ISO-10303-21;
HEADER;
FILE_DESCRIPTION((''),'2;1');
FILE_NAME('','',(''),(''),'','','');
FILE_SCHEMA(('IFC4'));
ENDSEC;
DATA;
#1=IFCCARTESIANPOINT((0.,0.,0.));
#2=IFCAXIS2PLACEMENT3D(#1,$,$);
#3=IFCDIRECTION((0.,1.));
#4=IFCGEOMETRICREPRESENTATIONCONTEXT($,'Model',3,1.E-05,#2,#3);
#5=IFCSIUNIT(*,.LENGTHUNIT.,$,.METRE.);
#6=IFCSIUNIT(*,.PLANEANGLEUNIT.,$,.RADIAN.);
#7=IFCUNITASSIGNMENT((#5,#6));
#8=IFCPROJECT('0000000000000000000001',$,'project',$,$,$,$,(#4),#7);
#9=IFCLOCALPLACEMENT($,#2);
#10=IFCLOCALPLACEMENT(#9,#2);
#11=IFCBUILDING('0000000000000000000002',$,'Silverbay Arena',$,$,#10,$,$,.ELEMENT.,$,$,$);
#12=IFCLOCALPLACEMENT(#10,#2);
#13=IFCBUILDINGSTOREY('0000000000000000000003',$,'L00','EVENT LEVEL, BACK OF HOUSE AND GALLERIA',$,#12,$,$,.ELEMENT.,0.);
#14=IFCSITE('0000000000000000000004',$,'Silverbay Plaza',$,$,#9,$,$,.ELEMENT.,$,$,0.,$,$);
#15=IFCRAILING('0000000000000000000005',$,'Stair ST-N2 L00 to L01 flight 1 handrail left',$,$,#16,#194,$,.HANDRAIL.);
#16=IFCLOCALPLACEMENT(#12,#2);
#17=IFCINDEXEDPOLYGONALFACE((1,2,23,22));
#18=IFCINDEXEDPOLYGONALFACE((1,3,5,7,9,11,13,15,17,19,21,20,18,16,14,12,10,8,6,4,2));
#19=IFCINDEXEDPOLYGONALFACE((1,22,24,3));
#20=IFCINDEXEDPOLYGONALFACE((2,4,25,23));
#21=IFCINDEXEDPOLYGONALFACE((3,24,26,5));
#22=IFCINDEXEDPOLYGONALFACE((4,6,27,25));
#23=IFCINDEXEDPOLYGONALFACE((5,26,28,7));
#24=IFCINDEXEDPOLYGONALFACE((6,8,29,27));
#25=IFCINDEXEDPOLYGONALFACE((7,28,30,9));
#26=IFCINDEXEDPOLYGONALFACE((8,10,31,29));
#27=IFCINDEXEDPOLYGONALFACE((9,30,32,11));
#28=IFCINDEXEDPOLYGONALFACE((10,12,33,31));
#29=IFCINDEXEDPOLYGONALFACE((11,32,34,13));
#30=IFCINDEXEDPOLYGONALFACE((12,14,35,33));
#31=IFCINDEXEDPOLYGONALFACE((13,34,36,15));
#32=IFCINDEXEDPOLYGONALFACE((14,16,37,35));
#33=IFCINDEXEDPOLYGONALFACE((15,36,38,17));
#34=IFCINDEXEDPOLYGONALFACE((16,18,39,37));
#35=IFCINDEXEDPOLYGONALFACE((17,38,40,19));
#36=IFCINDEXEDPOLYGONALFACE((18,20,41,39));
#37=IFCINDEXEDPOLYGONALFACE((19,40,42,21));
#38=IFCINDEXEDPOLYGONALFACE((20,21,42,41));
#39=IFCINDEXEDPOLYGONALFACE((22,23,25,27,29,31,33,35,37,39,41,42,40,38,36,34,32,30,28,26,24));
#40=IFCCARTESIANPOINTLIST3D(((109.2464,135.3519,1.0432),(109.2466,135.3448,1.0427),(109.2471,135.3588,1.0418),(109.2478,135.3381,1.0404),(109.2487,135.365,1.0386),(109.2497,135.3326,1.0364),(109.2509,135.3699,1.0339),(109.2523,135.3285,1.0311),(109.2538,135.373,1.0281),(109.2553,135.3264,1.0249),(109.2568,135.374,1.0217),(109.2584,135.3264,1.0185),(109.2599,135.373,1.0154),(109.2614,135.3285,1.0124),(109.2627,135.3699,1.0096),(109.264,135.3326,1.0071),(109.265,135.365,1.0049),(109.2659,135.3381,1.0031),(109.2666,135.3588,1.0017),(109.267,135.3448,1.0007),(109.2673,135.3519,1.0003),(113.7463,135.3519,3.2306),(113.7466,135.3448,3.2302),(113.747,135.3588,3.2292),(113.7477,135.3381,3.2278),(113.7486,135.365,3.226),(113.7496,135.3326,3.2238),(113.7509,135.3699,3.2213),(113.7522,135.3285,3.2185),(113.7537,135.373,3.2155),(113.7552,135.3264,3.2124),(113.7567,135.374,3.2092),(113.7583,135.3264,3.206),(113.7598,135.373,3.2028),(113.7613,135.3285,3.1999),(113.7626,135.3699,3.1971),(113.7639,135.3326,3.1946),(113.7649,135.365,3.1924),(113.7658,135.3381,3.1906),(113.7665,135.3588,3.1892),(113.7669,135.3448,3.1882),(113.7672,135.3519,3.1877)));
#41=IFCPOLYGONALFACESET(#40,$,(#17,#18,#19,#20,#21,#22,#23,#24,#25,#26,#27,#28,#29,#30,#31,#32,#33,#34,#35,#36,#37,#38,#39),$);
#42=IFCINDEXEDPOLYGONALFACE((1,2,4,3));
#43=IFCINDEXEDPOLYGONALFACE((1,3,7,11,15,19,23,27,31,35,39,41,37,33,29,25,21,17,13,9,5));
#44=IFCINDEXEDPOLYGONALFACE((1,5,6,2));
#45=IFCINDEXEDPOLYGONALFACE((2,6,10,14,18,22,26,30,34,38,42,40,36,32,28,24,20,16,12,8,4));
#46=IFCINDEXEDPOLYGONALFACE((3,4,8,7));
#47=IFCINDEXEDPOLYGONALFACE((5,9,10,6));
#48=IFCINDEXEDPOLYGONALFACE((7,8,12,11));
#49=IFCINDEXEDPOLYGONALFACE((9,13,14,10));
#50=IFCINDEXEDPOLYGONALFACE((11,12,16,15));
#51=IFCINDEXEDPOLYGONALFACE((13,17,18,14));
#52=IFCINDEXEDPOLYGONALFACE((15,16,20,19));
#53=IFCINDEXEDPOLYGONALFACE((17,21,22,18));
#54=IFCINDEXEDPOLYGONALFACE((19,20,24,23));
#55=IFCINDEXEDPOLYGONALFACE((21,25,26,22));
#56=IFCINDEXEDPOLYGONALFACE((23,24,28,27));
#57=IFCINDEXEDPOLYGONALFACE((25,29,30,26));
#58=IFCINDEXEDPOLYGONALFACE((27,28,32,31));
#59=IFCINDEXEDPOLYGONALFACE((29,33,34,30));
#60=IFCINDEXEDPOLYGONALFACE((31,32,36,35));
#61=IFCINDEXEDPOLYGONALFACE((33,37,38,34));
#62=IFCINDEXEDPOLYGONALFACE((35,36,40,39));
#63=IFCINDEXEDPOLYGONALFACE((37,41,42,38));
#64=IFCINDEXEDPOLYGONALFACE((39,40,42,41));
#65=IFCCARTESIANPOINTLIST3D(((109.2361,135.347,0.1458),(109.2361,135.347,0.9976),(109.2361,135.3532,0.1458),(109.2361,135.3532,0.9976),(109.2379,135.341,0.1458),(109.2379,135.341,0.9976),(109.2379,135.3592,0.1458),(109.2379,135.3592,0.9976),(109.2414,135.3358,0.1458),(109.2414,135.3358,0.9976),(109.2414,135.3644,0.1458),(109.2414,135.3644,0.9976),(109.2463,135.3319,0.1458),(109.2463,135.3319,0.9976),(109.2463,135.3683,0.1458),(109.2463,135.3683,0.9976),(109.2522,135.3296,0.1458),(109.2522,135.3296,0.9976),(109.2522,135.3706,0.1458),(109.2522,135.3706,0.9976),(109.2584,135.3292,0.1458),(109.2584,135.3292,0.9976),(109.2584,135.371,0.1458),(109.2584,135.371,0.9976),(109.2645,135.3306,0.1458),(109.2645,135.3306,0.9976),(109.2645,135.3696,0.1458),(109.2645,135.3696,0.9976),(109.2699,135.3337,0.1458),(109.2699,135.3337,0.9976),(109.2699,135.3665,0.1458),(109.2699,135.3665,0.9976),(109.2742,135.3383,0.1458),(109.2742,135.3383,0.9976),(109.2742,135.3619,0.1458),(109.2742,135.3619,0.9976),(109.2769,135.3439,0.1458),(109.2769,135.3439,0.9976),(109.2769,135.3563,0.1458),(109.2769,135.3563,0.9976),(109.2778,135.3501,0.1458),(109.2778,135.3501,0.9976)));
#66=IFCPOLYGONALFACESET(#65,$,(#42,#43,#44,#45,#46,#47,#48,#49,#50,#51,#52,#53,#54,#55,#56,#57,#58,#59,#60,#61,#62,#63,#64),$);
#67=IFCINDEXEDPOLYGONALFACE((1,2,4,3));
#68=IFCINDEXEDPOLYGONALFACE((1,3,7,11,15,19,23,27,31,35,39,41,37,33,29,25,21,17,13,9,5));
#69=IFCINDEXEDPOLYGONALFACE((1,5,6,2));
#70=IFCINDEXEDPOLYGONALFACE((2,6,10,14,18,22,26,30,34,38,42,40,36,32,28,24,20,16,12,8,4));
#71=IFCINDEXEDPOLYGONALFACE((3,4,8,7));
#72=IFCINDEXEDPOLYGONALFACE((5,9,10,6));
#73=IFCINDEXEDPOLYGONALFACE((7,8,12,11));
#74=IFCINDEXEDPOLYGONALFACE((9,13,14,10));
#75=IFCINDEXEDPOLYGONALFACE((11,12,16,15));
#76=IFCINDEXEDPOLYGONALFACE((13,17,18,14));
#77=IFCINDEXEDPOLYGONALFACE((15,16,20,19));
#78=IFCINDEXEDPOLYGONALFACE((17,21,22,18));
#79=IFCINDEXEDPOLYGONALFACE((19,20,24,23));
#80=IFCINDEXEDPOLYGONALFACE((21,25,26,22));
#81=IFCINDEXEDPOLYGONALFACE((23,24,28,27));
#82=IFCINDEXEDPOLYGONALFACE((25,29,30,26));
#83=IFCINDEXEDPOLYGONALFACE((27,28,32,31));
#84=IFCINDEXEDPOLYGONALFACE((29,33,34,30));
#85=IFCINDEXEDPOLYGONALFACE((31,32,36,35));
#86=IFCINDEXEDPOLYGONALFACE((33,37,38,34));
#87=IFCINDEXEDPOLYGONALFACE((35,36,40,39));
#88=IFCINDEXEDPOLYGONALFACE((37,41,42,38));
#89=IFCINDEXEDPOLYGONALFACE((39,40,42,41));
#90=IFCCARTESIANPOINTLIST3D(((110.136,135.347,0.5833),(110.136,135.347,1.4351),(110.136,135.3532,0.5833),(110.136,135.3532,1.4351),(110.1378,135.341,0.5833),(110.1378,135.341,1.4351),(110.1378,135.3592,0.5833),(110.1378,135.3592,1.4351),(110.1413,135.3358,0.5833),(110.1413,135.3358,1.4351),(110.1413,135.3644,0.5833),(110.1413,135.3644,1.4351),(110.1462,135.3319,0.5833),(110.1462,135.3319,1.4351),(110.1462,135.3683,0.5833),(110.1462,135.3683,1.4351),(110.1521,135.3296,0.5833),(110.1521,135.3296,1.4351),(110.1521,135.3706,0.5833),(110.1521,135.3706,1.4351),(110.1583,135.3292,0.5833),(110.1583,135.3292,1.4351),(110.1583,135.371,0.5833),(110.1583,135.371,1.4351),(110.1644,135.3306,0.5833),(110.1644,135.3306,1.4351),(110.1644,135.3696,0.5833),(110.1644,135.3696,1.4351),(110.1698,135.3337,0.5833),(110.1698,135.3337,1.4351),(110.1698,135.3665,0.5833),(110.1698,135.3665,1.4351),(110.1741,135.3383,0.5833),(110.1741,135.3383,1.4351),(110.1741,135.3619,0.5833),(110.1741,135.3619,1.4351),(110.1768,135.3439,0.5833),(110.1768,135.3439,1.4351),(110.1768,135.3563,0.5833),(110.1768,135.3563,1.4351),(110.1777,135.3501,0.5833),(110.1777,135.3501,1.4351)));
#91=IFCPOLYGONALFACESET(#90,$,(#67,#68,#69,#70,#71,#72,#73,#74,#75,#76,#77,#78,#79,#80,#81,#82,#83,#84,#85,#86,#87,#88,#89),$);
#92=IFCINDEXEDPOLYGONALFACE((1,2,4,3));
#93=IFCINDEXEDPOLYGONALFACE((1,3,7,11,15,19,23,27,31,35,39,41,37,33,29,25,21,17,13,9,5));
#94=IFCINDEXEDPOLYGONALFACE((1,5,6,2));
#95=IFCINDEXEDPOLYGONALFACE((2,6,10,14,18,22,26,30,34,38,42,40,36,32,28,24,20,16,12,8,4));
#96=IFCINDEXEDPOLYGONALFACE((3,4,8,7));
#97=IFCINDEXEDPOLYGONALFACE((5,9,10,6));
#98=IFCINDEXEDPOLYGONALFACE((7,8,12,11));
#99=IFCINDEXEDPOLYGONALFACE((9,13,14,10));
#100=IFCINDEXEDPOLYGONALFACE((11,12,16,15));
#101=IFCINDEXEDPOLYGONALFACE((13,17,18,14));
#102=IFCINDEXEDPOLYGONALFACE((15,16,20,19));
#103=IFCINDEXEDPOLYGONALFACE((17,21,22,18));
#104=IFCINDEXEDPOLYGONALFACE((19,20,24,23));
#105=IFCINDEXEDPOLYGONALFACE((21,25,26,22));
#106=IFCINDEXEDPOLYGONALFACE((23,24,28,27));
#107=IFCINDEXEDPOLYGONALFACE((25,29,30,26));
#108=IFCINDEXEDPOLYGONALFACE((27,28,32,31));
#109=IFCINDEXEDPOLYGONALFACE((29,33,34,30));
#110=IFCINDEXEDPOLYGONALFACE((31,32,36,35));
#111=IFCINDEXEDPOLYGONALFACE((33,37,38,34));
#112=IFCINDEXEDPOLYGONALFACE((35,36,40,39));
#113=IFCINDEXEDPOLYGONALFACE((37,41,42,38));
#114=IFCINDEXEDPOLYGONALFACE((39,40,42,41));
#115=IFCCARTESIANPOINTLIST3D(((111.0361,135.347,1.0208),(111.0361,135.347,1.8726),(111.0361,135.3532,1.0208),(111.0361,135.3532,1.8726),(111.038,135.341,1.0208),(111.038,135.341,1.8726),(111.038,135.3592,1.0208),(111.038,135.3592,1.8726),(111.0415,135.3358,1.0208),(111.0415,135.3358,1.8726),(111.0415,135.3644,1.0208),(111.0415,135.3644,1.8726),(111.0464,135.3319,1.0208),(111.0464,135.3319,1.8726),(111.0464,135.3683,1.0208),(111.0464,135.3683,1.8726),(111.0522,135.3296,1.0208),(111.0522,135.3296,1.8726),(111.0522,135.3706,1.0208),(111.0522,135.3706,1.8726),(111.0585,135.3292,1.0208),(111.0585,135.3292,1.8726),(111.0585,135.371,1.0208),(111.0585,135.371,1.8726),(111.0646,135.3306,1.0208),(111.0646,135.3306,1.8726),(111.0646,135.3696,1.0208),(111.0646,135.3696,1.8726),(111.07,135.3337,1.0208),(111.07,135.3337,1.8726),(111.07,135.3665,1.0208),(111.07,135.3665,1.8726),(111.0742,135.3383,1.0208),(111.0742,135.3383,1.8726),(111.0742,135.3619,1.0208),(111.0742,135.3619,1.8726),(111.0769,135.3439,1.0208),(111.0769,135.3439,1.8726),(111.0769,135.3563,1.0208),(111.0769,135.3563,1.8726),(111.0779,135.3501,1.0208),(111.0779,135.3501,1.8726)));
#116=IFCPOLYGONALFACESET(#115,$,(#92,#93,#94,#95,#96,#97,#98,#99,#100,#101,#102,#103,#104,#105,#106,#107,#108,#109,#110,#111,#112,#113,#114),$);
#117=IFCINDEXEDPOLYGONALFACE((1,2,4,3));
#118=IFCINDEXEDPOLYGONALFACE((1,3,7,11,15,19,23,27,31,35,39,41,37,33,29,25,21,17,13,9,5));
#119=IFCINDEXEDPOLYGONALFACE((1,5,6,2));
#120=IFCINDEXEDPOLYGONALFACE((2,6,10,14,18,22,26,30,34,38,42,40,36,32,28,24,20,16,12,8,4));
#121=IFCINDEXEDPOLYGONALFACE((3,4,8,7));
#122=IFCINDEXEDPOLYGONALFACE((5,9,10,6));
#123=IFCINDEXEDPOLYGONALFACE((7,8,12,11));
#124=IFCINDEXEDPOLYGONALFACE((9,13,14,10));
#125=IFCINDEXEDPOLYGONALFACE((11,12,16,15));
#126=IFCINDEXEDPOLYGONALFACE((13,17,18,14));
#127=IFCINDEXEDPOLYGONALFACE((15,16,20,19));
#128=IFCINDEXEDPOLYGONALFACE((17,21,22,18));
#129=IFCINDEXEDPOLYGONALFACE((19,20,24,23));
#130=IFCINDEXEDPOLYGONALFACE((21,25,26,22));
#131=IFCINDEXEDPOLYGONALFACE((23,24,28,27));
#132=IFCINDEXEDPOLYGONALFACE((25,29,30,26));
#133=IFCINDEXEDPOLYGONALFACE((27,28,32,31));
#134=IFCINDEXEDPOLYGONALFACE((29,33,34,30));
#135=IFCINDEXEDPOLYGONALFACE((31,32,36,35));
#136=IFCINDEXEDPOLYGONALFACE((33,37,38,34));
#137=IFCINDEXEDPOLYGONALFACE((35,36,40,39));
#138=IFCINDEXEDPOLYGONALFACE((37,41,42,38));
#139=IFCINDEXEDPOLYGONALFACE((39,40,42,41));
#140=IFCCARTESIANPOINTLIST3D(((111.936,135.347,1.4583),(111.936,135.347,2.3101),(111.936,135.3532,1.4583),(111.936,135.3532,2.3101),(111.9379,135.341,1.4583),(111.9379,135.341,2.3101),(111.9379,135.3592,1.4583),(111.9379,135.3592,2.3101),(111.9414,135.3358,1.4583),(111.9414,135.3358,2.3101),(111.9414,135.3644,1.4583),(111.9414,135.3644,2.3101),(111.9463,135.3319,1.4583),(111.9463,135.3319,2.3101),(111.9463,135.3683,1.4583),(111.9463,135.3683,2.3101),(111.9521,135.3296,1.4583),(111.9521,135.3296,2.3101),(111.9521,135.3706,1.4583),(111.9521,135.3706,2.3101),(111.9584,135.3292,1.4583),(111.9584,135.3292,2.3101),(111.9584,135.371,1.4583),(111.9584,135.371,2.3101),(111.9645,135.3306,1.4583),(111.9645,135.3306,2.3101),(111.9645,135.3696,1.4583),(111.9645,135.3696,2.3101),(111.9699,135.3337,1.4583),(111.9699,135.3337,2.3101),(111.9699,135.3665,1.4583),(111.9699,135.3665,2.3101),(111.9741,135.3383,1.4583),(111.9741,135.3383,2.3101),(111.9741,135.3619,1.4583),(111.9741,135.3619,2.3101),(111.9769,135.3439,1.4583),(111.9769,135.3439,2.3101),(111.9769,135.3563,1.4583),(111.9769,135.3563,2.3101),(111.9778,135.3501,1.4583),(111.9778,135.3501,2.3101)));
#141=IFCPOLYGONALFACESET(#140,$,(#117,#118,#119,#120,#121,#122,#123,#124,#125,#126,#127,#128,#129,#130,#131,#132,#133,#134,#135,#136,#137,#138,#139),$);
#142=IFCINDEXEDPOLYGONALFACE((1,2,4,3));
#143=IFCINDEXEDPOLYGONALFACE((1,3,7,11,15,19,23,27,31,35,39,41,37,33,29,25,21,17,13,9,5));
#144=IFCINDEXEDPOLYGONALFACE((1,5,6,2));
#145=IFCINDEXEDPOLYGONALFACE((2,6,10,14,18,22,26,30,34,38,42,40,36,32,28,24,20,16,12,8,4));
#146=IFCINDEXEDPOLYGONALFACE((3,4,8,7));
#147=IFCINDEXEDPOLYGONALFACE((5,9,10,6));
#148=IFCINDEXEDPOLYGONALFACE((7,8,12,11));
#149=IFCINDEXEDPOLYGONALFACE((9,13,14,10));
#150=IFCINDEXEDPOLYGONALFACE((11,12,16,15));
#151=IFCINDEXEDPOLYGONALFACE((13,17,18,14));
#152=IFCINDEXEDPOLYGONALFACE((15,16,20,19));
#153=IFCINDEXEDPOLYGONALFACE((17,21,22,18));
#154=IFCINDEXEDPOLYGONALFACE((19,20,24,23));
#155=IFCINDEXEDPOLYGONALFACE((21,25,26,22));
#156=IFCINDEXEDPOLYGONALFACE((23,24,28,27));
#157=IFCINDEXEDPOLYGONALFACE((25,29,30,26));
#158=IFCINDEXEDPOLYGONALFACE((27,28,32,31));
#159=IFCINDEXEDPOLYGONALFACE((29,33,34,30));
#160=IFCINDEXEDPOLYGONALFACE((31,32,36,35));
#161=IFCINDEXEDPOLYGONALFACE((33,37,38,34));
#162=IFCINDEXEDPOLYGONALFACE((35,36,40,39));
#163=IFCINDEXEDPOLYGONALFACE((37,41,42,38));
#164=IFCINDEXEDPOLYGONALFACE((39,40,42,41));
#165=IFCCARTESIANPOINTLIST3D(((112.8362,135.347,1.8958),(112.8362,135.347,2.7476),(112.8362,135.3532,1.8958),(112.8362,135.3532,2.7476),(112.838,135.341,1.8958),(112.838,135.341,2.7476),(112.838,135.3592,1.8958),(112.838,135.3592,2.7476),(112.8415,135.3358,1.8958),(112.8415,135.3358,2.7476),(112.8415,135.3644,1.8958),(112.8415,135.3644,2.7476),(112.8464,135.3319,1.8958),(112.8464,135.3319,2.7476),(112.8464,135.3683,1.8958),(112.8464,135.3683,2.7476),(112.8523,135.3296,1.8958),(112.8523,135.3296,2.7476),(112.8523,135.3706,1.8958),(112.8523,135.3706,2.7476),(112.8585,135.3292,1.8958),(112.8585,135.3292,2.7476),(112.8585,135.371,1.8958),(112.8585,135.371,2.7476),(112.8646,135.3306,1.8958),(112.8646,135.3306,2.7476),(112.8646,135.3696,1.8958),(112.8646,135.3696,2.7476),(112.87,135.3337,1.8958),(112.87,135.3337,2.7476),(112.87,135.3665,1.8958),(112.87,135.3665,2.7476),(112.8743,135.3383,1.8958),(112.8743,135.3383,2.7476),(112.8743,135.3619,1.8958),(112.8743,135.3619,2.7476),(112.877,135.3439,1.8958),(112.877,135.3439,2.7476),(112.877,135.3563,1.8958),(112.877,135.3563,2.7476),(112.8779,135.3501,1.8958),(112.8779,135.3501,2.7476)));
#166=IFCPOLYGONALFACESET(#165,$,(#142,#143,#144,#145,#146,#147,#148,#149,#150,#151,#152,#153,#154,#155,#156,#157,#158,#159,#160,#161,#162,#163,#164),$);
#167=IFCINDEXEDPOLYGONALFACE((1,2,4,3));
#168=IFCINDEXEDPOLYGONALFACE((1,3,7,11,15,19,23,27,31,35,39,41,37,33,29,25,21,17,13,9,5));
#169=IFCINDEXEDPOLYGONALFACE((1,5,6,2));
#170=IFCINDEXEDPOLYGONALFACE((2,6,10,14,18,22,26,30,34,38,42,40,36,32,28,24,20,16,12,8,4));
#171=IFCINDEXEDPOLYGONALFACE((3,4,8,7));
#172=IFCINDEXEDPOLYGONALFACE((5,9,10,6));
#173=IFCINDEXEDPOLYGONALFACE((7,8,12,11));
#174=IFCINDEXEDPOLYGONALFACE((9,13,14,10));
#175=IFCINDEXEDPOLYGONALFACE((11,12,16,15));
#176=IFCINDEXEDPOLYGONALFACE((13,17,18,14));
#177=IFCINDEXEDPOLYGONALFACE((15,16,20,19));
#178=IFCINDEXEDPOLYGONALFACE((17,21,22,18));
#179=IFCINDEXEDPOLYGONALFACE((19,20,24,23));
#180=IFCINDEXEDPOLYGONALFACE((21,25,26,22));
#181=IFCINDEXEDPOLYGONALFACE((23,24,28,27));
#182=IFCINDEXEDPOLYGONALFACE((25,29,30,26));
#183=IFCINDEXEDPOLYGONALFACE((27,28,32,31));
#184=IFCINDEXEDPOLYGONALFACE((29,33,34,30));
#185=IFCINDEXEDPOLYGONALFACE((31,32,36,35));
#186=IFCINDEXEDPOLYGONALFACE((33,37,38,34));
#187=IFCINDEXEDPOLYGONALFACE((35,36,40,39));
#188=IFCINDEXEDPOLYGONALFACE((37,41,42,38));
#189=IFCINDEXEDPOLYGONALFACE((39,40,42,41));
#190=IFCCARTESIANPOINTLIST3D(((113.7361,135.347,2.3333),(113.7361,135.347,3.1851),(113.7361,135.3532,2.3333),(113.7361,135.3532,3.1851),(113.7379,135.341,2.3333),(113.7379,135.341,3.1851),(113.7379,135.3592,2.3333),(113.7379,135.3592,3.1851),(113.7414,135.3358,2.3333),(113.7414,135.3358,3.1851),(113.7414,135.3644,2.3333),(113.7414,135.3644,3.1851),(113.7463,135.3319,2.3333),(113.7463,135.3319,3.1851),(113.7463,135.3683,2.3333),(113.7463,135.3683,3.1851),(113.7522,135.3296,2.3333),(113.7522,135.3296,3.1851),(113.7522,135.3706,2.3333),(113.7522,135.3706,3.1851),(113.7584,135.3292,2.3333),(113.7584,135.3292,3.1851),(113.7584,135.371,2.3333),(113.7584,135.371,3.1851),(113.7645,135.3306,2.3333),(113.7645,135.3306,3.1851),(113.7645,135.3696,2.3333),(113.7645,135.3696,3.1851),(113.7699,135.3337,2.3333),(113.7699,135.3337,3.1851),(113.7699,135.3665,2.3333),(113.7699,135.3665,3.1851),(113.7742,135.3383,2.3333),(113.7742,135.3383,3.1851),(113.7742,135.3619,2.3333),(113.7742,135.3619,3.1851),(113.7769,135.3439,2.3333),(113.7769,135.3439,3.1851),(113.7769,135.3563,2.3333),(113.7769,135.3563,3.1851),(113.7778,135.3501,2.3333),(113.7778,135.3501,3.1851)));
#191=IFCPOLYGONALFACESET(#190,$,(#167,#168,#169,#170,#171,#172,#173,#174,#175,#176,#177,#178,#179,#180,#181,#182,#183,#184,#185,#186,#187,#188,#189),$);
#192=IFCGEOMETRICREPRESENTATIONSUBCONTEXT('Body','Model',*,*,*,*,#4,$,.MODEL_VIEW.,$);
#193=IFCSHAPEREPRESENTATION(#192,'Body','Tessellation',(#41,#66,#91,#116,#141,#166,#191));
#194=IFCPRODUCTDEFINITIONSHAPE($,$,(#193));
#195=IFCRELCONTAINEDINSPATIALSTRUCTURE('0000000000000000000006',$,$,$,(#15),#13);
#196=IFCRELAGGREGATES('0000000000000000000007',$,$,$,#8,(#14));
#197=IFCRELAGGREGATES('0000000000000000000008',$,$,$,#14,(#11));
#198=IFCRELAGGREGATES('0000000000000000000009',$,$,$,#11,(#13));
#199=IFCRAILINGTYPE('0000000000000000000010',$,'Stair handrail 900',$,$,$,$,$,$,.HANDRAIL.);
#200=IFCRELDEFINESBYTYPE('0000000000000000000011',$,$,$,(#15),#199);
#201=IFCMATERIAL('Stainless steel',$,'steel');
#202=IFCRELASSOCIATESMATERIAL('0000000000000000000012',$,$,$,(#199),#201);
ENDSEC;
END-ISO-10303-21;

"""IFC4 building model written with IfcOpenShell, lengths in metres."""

from ifc_helpers import new_model, si_unit, direction, frame, origin, origin_2d, place, context, subcontext, project, spatial, circle, extrude, material, type_object, element, save


model = new_model("IFC4")

# Units and contexts
model_context = context("Model", 3, precision=1e-05, world=origin(), true_north=direction((0.0, 1.0)))
body_context = subcontext(model_context, "Body", "Model", "MODEL_VIEW")
ifc_project = project(units=[si_unit("LENGTHUNIT", "METRE"), si_unit("PLANEANGLEUNIT", "RADIAN")], contexts=[model_context])

# Site, building, storey
site_placement = place(None, origin())
site = spatial("IfcSite", under=ifc_project, at=site_placement, Name="Silverbay Plaza", CompositionType="ELEMENT", RefElevation=0.0)
building_placement = place(site_placement, origin())
building = spatial("IfcBuilding", under=site, at=building_placement, Name="Silverbay Arena", CompositionType="ELEMENT")
storey_placement = place(building_placement, origin())
storey = spatial("IfcBuildingStorey", under=building, at=storey_placement, Name="L00", Description="EVENT LEVEL, BACK OF HOUSE AND GALLERIA", CompositionType="ELEMENT", Elevation=0.0)

# Railing
ifc_material_1 = material(Name="Stainless steel", Category="steel")
railing_type_1 = type_object("IfcRailingType", Name="Stair handrail 900", PredefinedType="HANDRAIL", material=ifc_material_1)
for number, where, name in (
    (1, (109.2568, 135.3501, 0.1458), "Stair ST-N2 L00 to L01 flight 1 handrail left"),
):
    element("IfcRailing", number, at=place(storey_placement, frame(where)), inside=storey, type_object=railing_type_1, Name=name, PredefinedType="HANDRAIL", context=body_context, shape_type="SweptSolid", body=[
        extrude(circle(Radius=0.0239, at=origin_2d()), frame((0.0, 0.0, 0.876), z_axis=(0.899368, 0.0, 0.437193), x_axis=(0.0, 1.0, 0.0)), (0.0, 0.0, 1.0), 5.0034),
        extrude(circle(Radius=0.021, at=origin_2d()), origin(), (0.0, 0.0, 1.0), 0.8518),
        extrude(circle(Radius=0.021, at=origin_2d()), frame((0.8999, 0.0, 0.4375)), (0.0, 0.0, 1.0), 0.8518),
        extrude(circle(Radius=0.021, at=origin_2d()), frame((1.8, 0.0, 0.875)), (0.0, 0.0, 1.0), 0.8518),
        extrude(circle(Radius=0.021, at=origin_2d()), frame((2.7, 0.0, 1.3125)), (0.0, 0.0, 1.0), 0.8518),
        extrude(circle(Radius=0.021, at=origin_2d()), frame((3.6001, 0.0, 1.75)), (0.0, 0.0, 1.0), 0.8518),
        extrude(circle(Radius=0.021, at=origin_2d()), frame((4.5, 0.0, 2.1875)), (0.0, 0.0, 1.0), 0.8518),
    ])

save(model, "model.ifc")
